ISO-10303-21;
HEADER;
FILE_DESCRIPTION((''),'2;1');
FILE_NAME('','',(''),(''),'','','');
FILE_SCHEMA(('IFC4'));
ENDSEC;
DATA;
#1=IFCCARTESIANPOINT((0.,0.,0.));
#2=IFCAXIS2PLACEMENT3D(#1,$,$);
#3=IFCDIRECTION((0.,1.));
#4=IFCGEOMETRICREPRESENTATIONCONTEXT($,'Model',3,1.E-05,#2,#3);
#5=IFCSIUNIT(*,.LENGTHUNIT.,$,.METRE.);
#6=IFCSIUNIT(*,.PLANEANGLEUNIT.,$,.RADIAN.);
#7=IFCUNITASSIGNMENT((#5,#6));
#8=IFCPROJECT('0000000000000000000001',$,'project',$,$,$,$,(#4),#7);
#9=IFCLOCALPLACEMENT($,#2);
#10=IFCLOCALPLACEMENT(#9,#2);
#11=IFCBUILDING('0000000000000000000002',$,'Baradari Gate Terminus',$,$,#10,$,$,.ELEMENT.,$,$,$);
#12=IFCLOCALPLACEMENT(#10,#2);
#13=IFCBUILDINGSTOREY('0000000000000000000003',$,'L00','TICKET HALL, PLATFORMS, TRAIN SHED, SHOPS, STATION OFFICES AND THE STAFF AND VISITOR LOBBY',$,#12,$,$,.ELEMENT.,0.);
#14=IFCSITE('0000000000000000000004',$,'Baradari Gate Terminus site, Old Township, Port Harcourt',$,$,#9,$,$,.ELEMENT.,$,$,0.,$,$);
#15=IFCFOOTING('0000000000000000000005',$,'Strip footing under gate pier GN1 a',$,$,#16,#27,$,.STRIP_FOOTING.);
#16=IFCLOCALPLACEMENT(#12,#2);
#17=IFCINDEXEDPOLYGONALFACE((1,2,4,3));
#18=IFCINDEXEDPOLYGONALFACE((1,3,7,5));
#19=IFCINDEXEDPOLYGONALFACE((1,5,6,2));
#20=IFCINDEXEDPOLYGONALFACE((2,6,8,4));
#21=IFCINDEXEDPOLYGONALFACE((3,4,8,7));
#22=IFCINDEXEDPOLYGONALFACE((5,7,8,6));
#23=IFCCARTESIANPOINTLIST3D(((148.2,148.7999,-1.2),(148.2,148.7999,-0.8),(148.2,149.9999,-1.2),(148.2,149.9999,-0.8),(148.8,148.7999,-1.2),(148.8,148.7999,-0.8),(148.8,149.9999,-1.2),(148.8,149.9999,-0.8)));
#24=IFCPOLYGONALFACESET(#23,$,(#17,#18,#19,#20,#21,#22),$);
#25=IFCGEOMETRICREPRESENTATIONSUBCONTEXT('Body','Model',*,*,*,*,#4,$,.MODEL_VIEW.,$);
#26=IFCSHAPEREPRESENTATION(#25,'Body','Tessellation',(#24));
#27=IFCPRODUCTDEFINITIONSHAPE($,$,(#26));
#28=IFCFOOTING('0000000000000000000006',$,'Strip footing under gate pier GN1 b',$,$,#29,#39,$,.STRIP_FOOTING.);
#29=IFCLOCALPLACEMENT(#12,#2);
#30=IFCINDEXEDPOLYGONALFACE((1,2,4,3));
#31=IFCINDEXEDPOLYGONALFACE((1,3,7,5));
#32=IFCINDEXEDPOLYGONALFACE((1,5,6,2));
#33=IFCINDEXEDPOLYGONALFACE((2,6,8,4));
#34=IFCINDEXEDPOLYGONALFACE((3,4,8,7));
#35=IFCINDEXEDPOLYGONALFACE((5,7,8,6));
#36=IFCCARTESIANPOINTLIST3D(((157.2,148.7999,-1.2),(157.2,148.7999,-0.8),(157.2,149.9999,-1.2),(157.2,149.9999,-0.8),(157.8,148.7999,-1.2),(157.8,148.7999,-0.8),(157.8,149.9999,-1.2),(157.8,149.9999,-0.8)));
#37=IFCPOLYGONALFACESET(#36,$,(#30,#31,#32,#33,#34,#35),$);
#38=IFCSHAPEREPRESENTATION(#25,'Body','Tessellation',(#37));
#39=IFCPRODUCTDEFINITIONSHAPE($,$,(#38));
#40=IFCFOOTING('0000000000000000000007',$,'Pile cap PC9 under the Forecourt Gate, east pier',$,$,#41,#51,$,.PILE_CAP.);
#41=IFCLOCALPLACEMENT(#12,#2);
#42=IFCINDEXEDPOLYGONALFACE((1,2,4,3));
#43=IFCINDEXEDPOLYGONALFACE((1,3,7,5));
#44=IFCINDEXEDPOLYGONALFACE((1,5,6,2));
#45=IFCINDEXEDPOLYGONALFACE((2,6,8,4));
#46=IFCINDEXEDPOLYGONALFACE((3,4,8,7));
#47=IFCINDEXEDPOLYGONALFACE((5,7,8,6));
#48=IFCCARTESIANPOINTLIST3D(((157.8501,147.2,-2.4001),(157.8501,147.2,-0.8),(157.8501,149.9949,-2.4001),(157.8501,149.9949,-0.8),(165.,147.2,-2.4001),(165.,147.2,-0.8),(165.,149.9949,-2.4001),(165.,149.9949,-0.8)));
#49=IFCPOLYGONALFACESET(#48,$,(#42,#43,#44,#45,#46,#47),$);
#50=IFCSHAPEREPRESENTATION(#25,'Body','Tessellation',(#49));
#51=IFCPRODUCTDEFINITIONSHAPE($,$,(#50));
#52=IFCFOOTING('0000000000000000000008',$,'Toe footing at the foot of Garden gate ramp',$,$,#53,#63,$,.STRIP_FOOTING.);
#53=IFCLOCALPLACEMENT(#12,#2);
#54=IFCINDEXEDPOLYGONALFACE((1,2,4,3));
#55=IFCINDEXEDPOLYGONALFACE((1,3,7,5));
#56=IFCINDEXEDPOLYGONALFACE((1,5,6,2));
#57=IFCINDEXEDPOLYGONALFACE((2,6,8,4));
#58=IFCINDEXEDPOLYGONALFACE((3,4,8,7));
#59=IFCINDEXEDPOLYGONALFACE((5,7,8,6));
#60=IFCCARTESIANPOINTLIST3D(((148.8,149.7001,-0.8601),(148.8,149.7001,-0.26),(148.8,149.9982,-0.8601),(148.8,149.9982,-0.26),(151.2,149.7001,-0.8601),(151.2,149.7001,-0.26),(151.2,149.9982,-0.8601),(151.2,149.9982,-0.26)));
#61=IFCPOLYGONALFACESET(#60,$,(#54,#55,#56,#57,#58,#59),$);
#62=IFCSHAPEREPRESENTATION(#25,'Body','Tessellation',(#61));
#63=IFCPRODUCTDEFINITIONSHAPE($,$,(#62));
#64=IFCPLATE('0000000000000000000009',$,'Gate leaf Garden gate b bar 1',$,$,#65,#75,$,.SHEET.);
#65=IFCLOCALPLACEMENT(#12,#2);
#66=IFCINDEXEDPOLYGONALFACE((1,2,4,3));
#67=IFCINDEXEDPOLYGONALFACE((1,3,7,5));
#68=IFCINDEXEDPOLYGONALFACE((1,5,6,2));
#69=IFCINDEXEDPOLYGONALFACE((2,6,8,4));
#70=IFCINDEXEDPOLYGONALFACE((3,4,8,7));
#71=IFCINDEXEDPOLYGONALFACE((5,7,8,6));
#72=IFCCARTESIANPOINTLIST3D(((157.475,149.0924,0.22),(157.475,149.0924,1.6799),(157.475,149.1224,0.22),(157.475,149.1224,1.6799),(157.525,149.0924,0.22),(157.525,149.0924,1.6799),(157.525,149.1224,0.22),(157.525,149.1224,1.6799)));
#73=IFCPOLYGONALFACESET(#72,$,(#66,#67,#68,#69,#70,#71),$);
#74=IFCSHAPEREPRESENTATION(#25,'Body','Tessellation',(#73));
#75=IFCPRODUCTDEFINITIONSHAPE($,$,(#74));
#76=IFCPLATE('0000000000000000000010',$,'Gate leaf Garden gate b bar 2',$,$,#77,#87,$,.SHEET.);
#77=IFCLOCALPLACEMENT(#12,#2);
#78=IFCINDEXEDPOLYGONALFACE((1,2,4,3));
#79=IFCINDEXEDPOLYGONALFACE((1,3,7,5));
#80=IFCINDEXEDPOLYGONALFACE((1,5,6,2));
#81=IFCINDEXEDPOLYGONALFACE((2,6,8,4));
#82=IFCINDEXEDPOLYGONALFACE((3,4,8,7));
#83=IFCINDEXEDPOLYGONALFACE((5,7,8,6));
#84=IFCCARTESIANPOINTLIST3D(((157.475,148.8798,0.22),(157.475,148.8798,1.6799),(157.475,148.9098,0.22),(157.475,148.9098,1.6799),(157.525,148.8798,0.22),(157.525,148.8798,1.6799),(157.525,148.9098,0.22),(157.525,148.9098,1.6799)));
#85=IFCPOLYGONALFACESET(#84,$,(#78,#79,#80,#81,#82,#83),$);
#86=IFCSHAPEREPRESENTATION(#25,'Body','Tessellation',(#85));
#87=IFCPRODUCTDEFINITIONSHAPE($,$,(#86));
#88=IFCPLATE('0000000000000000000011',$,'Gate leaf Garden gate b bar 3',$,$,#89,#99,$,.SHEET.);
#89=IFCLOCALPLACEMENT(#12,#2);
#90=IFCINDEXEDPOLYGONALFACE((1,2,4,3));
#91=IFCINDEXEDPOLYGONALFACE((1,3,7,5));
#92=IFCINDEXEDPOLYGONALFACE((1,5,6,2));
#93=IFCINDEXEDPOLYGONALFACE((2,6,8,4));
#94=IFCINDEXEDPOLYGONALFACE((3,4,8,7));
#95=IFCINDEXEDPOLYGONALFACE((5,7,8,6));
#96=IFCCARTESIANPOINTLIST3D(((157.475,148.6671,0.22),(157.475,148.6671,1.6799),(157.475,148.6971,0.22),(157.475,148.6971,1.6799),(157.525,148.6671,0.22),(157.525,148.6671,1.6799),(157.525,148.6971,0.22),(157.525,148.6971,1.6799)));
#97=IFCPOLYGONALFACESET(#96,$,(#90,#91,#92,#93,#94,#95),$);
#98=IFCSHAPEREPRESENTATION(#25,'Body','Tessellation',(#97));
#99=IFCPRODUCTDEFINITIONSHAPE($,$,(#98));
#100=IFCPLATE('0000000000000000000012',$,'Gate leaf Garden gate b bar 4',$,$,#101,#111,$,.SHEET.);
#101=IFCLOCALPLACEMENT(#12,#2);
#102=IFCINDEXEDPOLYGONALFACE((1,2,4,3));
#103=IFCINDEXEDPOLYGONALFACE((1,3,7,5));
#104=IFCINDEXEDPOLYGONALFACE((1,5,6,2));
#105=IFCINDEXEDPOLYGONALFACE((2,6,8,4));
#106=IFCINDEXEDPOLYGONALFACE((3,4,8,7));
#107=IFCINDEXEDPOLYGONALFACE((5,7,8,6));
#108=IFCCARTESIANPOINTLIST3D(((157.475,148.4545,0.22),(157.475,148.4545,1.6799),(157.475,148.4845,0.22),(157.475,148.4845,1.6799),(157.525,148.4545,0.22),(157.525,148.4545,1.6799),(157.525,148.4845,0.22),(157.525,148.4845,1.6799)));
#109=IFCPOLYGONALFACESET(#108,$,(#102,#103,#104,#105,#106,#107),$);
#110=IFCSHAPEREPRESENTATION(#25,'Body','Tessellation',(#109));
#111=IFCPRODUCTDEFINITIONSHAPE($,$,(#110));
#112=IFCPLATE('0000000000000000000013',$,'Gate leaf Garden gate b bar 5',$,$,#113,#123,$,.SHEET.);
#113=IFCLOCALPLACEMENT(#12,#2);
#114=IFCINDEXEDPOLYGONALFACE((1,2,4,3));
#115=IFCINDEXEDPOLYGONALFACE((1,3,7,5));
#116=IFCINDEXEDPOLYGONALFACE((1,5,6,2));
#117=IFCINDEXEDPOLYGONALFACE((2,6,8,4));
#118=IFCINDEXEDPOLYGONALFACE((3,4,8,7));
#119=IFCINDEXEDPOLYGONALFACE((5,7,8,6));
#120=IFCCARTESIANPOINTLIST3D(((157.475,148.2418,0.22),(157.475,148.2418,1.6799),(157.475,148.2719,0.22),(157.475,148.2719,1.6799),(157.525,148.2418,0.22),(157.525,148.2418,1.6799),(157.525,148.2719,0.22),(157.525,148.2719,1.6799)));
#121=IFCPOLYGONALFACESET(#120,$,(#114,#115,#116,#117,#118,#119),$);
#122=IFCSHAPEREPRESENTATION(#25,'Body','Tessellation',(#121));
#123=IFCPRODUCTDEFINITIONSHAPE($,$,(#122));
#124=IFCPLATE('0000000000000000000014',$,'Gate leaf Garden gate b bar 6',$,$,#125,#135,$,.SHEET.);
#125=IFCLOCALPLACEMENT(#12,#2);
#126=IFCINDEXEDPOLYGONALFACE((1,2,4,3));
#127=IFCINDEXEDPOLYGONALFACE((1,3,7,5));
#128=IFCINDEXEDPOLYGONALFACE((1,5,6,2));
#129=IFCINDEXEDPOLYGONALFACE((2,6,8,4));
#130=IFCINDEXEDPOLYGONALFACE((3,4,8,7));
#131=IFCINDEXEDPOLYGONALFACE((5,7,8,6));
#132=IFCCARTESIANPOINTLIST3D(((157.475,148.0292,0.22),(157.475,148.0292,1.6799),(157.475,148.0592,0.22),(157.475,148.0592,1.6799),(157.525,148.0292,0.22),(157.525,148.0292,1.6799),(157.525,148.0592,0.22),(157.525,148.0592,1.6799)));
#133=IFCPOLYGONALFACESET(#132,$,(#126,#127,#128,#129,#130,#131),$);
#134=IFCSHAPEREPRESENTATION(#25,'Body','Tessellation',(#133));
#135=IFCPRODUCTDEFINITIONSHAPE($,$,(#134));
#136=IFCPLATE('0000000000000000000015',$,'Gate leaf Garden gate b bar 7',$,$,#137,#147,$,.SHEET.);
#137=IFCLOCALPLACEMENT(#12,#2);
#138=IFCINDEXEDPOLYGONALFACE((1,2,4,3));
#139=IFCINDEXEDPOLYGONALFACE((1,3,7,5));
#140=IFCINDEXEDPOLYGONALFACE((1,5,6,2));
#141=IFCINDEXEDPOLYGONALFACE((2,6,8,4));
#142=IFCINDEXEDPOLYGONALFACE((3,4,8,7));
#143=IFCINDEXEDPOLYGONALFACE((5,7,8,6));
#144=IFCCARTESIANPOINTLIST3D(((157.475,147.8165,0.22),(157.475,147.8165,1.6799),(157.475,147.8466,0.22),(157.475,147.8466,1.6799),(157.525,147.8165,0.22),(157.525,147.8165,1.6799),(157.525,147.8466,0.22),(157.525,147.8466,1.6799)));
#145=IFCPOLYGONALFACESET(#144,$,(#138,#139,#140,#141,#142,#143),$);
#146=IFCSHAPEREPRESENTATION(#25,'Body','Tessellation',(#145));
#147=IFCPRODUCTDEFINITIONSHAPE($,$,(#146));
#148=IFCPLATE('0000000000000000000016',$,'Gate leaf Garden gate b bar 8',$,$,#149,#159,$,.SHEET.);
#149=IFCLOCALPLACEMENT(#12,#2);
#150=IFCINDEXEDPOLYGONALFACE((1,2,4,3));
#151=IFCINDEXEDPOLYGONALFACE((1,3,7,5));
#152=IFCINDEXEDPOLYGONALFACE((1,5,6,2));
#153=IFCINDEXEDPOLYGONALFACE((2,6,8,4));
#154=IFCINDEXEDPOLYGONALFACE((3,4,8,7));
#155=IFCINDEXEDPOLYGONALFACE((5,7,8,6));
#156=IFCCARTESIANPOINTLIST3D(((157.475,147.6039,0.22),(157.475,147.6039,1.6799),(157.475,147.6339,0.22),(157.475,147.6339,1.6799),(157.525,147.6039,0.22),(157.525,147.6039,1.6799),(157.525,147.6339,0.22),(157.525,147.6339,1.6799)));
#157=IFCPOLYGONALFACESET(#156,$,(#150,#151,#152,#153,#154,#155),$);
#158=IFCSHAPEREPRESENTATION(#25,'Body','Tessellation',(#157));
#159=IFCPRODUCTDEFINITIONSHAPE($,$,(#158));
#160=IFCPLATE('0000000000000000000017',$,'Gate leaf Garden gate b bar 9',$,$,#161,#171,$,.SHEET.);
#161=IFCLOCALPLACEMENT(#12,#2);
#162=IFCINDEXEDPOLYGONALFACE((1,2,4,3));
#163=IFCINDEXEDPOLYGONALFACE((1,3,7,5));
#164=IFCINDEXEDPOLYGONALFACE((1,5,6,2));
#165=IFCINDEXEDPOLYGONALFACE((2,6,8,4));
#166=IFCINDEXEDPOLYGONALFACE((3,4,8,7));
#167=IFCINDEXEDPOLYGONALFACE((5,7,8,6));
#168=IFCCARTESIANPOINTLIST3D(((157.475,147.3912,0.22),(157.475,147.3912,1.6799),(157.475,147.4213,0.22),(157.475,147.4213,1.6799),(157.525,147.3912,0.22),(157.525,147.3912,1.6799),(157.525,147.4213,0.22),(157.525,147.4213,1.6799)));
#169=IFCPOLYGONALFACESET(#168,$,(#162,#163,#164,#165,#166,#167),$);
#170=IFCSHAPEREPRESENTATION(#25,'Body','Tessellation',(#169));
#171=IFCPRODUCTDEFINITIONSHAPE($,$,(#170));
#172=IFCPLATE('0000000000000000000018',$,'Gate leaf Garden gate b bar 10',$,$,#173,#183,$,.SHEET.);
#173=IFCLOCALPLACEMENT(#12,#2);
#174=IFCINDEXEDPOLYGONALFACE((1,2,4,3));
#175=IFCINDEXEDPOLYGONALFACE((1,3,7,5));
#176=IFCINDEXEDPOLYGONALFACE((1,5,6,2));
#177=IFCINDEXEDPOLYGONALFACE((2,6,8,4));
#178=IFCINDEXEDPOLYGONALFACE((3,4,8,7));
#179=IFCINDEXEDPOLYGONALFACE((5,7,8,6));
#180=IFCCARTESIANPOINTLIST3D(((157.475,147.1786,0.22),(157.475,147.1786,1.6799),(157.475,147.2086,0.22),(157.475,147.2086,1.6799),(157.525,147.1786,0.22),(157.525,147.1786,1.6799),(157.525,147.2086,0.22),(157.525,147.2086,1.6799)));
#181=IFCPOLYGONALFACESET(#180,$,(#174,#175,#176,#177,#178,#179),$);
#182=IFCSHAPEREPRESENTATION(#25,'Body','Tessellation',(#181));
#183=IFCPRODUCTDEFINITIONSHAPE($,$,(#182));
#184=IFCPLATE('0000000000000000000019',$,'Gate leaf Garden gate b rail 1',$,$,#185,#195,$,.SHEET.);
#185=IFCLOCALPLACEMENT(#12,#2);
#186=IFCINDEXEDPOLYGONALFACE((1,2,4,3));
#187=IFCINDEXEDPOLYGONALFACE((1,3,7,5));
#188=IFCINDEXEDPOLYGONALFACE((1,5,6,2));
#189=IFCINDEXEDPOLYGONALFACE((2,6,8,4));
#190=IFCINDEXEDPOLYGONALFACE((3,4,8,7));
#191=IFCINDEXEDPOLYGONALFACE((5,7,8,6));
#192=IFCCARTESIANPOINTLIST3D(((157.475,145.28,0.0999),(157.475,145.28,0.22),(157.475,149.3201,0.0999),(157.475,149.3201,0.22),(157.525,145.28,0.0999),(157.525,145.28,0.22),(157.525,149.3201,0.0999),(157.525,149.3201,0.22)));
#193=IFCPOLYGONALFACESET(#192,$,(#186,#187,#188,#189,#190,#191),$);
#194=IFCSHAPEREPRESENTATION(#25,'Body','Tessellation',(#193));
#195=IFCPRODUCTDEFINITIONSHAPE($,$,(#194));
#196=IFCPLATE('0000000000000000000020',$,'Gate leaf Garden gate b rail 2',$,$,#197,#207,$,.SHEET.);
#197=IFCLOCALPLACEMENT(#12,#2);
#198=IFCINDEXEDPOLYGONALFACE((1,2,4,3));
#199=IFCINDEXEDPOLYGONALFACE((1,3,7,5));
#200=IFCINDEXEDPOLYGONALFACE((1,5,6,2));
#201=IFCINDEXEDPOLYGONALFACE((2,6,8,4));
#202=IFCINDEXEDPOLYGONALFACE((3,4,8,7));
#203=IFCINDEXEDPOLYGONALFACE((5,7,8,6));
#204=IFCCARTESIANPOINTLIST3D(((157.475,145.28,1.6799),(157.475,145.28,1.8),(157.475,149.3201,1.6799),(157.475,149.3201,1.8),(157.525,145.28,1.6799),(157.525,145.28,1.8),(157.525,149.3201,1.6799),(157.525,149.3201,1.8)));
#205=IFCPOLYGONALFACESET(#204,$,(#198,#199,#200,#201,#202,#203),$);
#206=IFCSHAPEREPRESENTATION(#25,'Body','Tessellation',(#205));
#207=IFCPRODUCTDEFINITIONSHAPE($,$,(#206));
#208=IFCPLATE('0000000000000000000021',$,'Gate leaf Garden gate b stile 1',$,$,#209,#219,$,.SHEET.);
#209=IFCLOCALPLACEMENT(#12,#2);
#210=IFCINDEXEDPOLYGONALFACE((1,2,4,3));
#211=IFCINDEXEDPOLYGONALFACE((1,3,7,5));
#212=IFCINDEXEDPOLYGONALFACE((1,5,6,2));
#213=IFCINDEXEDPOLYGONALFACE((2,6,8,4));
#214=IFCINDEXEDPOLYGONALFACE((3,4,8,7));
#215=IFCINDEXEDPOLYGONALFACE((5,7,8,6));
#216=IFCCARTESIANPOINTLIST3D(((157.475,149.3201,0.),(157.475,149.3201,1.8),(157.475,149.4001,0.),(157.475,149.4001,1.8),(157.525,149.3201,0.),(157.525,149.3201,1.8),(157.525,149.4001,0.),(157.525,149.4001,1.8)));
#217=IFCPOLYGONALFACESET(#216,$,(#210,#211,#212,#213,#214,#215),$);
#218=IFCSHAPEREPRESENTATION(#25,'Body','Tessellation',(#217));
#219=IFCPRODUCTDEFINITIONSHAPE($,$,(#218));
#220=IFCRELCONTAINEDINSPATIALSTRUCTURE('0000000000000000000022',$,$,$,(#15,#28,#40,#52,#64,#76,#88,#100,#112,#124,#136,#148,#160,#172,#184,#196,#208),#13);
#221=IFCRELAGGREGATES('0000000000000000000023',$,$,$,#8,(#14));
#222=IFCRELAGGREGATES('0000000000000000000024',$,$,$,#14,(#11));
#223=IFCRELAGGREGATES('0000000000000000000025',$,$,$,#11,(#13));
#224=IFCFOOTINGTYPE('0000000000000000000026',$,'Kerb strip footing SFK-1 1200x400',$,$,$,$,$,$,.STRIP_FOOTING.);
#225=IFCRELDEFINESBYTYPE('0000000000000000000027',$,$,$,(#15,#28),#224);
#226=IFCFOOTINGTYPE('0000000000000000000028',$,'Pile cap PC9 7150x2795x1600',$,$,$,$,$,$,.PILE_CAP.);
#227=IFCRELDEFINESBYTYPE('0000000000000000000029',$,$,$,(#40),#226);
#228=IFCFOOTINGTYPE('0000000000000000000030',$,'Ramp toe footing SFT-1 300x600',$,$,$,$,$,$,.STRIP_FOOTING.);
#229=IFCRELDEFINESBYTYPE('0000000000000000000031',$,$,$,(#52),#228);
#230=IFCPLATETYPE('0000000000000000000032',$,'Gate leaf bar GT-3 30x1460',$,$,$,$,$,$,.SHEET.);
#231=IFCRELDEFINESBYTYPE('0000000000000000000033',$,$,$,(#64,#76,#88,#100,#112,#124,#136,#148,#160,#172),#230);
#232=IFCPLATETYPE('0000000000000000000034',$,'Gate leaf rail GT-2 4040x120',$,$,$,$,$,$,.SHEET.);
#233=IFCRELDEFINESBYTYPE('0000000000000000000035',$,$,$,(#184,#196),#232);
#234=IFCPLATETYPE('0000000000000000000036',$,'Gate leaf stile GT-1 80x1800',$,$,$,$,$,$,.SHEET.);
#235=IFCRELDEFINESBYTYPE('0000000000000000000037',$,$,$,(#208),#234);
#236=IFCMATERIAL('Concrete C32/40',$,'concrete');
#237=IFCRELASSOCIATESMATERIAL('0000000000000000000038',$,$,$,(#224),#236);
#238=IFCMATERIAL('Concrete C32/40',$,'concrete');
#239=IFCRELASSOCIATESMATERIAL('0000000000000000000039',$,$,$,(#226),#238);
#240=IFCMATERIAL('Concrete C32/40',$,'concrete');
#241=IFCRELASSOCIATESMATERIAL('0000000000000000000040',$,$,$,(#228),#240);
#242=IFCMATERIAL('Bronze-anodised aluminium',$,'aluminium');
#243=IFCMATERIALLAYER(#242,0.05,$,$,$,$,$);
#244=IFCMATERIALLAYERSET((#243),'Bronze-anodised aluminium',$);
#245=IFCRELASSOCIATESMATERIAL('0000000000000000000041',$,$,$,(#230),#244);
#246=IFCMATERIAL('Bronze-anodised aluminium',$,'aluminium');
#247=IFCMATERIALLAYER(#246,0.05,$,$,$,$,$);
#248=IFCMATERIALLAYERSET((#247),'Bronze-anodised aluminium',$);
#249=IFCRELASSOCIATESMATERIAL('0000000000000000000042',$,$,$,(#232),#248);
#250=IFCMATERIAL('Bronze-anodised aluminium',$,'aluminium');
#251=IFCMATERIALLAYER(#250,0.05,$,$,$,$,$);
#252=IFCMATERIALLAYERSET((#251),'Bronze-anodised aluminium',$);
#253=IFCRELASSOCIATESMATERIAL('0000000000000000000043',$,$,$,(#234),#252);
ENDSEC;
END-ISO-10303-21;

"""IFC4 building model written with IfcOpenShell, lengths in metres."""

from ifc_helpers import new_model, si_unit, direction, frame, origin, origin_2d, place, context, subcontext, project, spatial, rectangle, extrude, material, layer, layer_set, type_object, element, save


model = new_model("IFC4")

# Units and contexts
model_context = context("Model", 3, precision=1e-05, world=origin(), true_north=direction((0.0, 1.0)))
body_context = subcontext(model_context, "Body", "Model", "MODEL_VIEW")
ifc_project = project(units=[si_unit("LENGTHUNIT", "METRE"), si_unit("PLANEANGLEUNIT", "RADIAN")], contexts=[model_context])

# Site, building, storey
site_placement = place(None, origin())
site = spatial("IfcSite", under=ifc_project, at=site_placement, Name="Baradari Gate Terminus site, Old Township, Port Harcourt", CompositionType="ELEMENT", RefElevation=0.0)
building_placement = place(site_placement, origin())
building = spatial("IfcBuilding", under=site, at=building_placement, Name="Baradari Gate Terminus", CompositionType="ELEMENT")
storey_placement = place(building_placement, origin())
storey = spatial("IfcBuildingStorey", under=building, at=storey_placement, Name="L00", Description="TICKET HALL, PLATFORMS, TRAIN SHED, SHOPS, STATION OFFICES AND THE STAFF AND VISITOR LOBBY", CompositionType="ELEMENT", Elevation=0.0)

# Footings
ifc_material_1 = material(Name="Concrete C32/40", Category="concrete")
footing_type_1 = type_object("IfcFootingType", Name="Kerb strip footing SFK-1 1200x400", PredefinedType="STRIP_FOOTING", material=ifc_material_1)
for number, where, z_axis, x_axis, name in (
    (1, (148.5, 149.3999, -1.2), (0.0, 0.0, 1.0), (1.0, 0.0, 0.0), "Strip footing under gate pier GN1 a"),
    (2, (157.5, 149.3999, -1.2), (0.0, 0.0, 1.0), (1.0, 0.0, 0.0), "Strip footing under gate pier GN1 b"),
):
    element("IfcFooting", number, at=place(storey_placement, frame(where, z_axis=z_axis, x_axis=x_axis)), inside=storey, type_object=footing_type_1, Name=name, PredefinedType="STRIP_FOOTING", context=body_context, shape_type="SweptSolid", body=[
        extrude(rectangle(XDim=0.6001, YDim=1.2, at=origin_2d()), origin(), (0.0, 0.0, 1.0), 0.3999),
    ])
ifc_material_2 = material(Name="Concrete C32/40", Category="concrete")
footing_type_2 = type_object("IfcFootingType", Name="Pile cap PC9 7150x2795x1600", PredefinedType="PILE_CAP", material=ifc_material_2)
footing_1_placement = place(storey_placement, frame((161.425, 148.5974, -2.4001), z_axis=(0.0, 0.0, 1.0), x_axis=(1.0, 0.0, 0.0)))
element("IfcFooting", 3, at=footing_1_placement, inside=storey, type_object=footing_type_2, Name="Pile cap PC9 under the Forecourt Gate, east pier", PredefinedType="PILE_CAP", context=body_context, shape_type="SweptSolid", body=[
    extrude(rectangle(XDim=7.1499, YDim=2.7949, at=origin_2d()), origin(), (0.0, 0.0, 1.0), 1.6001),
])
ifc_material_3 = material(Name="Concrete C32/40", Category="concrete")
footing_type_3 = type_object("IfcFootingType", Name="Ramp toe footing SFT-1 300x600", PredefinedType="STRIP_FOOTING", material=ifc_material_3)
footing_2_placement = place(storey_placement, frame((150.0, 149.8491, -0.8601), z_axis=(0.0, 0.0, 1.0), x_axis=(1.0, 0.0, 0.0)))
element("IfcFooting", 4, at=footing_2_placement, inside=storey, type_object=footing_type_3, Name="Toe footing at the foot of Garden gate ramp", PredefinedType="STRIP_FOOTING", context=body_context, shape_type="SweptSolid", body=[
    extrude(rectangle(XDim=2.3999, YDim=0.2981, at=origin_2d()), origin(), (0.0, 0.0, 1.0), 0.6001),
])

# Plates
ifc_material_4 = material(Name="Bronze-anodised aluminium", Category="aluminium")
ifc_layer_1 = layer(ifc_material_4, 0.05)
ifc_layer_set_1 = layer_set([ifc_layer_1], Name="Bronze-anodised aluminium")
plate_type_1 = type_object("IfcPlateType", Name="Gate leaf bar GT-3 30x1460", PredefinedType="SHEET", material=ifc_layer_set_1)
for number, where, z_axis, x_axis, name in (
    (5, (157.5, 149.1074, 0.22), (0.0, 0.0, 1.0), (1.0, 0.0, 0.0), "Gate leaf Garden gate b bar 1"),
    (6, (157.5, 148.8948, 0.22), (0.0, 0.0, 1.0), (1.0, 0.0, 0.0), "Gate leaf Garden gate b bar 2"),
    (7, (157.5, 148.6821, 0.22), (0.0, 0.0, 1.0), (1.0, 0.0, 0.0), "Gate leaf Garden gate b bar 3"),
    (8, (157.5, 148.4695, 0.22), (0.0, 0.0, 1.0), (1.0, 0.0, 0.0), "Gate leaf Garden gate b bar 4"),
    (9, (157.5, 148.2568, 0.22), (0.0, 0.0, 1.0), (1.0, 0.0, 0.0), "Gate leaf Garden gate b bar 5"),
    (10, (157.5, 148.0442, 0.22), (0.0, 0.0, 1.0), (1.0, 0.0, 0.0), "Gate leaf Garden gate b bar 6"),
    (11, (157.5, 147.8315, 0.22), (0.0, 0.0, 1.0), (1.0, 0.0, 0.0), "Gate leaf Garden gate b bar 7"),
    (12, (157.5, 147.6189, 0.22), (0.0, 0.0, 1.0), (1.0, 0.0, 0.0), "Gate leaf Garden gate b bar 8"),
    (13, (157.5, 147.4062, 0.22), (0.0, 0.0, 1.0), (1.0, 0.0, 0.0), "Gate leaf Garden gate b bar 9"),
    (14, (157.5, 147.1936, 0.22), (0.0, 0.0, 1.0), (1.0, 0.0, 0.0), "Gate leaf Garden gate b bar 10"),
):
    element("IfcPlate", number, at=place(storey_placement, frame(where, z_axis=z_axis, x_axis=x_axis)), inside=storey, type_object=plate_type_1, Name=name, PredefinedType="SHEET", context=body_context, shape_type="SweptSolid", body=[
        extrude(rectangle(XDim=0.05, YDim=0.03, at=origin_2d()), origin(), (0.0, 0.0, 1.0), 1.46),
    ])
ifc_material_5 = material(Name="Bronze-anodised aluminium", Category="aluminium")
ifc_layer_2 = layer(ifc_material_5, 0.05)
ifc_layer_set_2 = layer_set([ifc_layer_2], Name="Bronze-anodised aluminium")
plate_type_2 = type_object("IfcPlateType", Name="Gate leaf rail GT-2 4040x120", PredefinedType="SHEET", material=ifc_layer_set_2)
for number, where, z_axis, x_axis, name in (
    (15, (157.5, 147.3, 0.0999), (0.0, 0.0, 1.0), (1.0, 0.0, 0.0), "Gate leaf Garden gate b rail 1"),
    (16, (157.5, 147.3, 1.6799), (0.0, 0.0, 1.0), (1.0, 0.0, 0.0), "Gate leaf Garden gate b rail 2"),
):
    element("IfcPlate", number, at=place(storey_placement, frame(where, z_axis=z_axis, x_axis=x_axis)), inside=storey, type_object=plate_type_2, Name=name, PredefinedType="SHEET", context=body_context, shape_type="SweptSolid", body=[
        extrude(rectangle(XDim=0.05, YDim=4.04, at=origin_2d()), origin(), (0.0, 0.0, 1.0), 0.1201),
    ])
ifc_material_6 = material(Name="Bronze-anodised aluminium", Category="aluminium")
ifc_layer_3 = layer(ifc_material_6, 0.05)
ifc_layer_set_3 = layer_set([ifc_layer_3], Name="Bronze-anodised aluminium")
plate_type_3 = type_object("IfcPlateType", Name="Gate leaf stile GT-1 80x1800", PredefinedType="SHEET", material=ifc_layer_set_3)
plate_placement = place(storey_placement, frame((157.5, 149.3601, 0.0), z_axis=(0.0, 0.0, 1.0), x_axis=(1.0, 0.0, 0.0)))
element("IfcPlate", 17, at=plate_placement, inside=storey, type_object=plate_type_3, Name="Gate leaf Garden gate b stile 1", PredefinedType="SHEET", context=body_context, shape_type="SweptSolid", body=[
    extrude(rectangle(XDim=0.05, YDim=0.0801, at=origin_2d()), origin(), (0.0, 0.0, 1.0), 1.8),
])

save(model, "model.ifc")
